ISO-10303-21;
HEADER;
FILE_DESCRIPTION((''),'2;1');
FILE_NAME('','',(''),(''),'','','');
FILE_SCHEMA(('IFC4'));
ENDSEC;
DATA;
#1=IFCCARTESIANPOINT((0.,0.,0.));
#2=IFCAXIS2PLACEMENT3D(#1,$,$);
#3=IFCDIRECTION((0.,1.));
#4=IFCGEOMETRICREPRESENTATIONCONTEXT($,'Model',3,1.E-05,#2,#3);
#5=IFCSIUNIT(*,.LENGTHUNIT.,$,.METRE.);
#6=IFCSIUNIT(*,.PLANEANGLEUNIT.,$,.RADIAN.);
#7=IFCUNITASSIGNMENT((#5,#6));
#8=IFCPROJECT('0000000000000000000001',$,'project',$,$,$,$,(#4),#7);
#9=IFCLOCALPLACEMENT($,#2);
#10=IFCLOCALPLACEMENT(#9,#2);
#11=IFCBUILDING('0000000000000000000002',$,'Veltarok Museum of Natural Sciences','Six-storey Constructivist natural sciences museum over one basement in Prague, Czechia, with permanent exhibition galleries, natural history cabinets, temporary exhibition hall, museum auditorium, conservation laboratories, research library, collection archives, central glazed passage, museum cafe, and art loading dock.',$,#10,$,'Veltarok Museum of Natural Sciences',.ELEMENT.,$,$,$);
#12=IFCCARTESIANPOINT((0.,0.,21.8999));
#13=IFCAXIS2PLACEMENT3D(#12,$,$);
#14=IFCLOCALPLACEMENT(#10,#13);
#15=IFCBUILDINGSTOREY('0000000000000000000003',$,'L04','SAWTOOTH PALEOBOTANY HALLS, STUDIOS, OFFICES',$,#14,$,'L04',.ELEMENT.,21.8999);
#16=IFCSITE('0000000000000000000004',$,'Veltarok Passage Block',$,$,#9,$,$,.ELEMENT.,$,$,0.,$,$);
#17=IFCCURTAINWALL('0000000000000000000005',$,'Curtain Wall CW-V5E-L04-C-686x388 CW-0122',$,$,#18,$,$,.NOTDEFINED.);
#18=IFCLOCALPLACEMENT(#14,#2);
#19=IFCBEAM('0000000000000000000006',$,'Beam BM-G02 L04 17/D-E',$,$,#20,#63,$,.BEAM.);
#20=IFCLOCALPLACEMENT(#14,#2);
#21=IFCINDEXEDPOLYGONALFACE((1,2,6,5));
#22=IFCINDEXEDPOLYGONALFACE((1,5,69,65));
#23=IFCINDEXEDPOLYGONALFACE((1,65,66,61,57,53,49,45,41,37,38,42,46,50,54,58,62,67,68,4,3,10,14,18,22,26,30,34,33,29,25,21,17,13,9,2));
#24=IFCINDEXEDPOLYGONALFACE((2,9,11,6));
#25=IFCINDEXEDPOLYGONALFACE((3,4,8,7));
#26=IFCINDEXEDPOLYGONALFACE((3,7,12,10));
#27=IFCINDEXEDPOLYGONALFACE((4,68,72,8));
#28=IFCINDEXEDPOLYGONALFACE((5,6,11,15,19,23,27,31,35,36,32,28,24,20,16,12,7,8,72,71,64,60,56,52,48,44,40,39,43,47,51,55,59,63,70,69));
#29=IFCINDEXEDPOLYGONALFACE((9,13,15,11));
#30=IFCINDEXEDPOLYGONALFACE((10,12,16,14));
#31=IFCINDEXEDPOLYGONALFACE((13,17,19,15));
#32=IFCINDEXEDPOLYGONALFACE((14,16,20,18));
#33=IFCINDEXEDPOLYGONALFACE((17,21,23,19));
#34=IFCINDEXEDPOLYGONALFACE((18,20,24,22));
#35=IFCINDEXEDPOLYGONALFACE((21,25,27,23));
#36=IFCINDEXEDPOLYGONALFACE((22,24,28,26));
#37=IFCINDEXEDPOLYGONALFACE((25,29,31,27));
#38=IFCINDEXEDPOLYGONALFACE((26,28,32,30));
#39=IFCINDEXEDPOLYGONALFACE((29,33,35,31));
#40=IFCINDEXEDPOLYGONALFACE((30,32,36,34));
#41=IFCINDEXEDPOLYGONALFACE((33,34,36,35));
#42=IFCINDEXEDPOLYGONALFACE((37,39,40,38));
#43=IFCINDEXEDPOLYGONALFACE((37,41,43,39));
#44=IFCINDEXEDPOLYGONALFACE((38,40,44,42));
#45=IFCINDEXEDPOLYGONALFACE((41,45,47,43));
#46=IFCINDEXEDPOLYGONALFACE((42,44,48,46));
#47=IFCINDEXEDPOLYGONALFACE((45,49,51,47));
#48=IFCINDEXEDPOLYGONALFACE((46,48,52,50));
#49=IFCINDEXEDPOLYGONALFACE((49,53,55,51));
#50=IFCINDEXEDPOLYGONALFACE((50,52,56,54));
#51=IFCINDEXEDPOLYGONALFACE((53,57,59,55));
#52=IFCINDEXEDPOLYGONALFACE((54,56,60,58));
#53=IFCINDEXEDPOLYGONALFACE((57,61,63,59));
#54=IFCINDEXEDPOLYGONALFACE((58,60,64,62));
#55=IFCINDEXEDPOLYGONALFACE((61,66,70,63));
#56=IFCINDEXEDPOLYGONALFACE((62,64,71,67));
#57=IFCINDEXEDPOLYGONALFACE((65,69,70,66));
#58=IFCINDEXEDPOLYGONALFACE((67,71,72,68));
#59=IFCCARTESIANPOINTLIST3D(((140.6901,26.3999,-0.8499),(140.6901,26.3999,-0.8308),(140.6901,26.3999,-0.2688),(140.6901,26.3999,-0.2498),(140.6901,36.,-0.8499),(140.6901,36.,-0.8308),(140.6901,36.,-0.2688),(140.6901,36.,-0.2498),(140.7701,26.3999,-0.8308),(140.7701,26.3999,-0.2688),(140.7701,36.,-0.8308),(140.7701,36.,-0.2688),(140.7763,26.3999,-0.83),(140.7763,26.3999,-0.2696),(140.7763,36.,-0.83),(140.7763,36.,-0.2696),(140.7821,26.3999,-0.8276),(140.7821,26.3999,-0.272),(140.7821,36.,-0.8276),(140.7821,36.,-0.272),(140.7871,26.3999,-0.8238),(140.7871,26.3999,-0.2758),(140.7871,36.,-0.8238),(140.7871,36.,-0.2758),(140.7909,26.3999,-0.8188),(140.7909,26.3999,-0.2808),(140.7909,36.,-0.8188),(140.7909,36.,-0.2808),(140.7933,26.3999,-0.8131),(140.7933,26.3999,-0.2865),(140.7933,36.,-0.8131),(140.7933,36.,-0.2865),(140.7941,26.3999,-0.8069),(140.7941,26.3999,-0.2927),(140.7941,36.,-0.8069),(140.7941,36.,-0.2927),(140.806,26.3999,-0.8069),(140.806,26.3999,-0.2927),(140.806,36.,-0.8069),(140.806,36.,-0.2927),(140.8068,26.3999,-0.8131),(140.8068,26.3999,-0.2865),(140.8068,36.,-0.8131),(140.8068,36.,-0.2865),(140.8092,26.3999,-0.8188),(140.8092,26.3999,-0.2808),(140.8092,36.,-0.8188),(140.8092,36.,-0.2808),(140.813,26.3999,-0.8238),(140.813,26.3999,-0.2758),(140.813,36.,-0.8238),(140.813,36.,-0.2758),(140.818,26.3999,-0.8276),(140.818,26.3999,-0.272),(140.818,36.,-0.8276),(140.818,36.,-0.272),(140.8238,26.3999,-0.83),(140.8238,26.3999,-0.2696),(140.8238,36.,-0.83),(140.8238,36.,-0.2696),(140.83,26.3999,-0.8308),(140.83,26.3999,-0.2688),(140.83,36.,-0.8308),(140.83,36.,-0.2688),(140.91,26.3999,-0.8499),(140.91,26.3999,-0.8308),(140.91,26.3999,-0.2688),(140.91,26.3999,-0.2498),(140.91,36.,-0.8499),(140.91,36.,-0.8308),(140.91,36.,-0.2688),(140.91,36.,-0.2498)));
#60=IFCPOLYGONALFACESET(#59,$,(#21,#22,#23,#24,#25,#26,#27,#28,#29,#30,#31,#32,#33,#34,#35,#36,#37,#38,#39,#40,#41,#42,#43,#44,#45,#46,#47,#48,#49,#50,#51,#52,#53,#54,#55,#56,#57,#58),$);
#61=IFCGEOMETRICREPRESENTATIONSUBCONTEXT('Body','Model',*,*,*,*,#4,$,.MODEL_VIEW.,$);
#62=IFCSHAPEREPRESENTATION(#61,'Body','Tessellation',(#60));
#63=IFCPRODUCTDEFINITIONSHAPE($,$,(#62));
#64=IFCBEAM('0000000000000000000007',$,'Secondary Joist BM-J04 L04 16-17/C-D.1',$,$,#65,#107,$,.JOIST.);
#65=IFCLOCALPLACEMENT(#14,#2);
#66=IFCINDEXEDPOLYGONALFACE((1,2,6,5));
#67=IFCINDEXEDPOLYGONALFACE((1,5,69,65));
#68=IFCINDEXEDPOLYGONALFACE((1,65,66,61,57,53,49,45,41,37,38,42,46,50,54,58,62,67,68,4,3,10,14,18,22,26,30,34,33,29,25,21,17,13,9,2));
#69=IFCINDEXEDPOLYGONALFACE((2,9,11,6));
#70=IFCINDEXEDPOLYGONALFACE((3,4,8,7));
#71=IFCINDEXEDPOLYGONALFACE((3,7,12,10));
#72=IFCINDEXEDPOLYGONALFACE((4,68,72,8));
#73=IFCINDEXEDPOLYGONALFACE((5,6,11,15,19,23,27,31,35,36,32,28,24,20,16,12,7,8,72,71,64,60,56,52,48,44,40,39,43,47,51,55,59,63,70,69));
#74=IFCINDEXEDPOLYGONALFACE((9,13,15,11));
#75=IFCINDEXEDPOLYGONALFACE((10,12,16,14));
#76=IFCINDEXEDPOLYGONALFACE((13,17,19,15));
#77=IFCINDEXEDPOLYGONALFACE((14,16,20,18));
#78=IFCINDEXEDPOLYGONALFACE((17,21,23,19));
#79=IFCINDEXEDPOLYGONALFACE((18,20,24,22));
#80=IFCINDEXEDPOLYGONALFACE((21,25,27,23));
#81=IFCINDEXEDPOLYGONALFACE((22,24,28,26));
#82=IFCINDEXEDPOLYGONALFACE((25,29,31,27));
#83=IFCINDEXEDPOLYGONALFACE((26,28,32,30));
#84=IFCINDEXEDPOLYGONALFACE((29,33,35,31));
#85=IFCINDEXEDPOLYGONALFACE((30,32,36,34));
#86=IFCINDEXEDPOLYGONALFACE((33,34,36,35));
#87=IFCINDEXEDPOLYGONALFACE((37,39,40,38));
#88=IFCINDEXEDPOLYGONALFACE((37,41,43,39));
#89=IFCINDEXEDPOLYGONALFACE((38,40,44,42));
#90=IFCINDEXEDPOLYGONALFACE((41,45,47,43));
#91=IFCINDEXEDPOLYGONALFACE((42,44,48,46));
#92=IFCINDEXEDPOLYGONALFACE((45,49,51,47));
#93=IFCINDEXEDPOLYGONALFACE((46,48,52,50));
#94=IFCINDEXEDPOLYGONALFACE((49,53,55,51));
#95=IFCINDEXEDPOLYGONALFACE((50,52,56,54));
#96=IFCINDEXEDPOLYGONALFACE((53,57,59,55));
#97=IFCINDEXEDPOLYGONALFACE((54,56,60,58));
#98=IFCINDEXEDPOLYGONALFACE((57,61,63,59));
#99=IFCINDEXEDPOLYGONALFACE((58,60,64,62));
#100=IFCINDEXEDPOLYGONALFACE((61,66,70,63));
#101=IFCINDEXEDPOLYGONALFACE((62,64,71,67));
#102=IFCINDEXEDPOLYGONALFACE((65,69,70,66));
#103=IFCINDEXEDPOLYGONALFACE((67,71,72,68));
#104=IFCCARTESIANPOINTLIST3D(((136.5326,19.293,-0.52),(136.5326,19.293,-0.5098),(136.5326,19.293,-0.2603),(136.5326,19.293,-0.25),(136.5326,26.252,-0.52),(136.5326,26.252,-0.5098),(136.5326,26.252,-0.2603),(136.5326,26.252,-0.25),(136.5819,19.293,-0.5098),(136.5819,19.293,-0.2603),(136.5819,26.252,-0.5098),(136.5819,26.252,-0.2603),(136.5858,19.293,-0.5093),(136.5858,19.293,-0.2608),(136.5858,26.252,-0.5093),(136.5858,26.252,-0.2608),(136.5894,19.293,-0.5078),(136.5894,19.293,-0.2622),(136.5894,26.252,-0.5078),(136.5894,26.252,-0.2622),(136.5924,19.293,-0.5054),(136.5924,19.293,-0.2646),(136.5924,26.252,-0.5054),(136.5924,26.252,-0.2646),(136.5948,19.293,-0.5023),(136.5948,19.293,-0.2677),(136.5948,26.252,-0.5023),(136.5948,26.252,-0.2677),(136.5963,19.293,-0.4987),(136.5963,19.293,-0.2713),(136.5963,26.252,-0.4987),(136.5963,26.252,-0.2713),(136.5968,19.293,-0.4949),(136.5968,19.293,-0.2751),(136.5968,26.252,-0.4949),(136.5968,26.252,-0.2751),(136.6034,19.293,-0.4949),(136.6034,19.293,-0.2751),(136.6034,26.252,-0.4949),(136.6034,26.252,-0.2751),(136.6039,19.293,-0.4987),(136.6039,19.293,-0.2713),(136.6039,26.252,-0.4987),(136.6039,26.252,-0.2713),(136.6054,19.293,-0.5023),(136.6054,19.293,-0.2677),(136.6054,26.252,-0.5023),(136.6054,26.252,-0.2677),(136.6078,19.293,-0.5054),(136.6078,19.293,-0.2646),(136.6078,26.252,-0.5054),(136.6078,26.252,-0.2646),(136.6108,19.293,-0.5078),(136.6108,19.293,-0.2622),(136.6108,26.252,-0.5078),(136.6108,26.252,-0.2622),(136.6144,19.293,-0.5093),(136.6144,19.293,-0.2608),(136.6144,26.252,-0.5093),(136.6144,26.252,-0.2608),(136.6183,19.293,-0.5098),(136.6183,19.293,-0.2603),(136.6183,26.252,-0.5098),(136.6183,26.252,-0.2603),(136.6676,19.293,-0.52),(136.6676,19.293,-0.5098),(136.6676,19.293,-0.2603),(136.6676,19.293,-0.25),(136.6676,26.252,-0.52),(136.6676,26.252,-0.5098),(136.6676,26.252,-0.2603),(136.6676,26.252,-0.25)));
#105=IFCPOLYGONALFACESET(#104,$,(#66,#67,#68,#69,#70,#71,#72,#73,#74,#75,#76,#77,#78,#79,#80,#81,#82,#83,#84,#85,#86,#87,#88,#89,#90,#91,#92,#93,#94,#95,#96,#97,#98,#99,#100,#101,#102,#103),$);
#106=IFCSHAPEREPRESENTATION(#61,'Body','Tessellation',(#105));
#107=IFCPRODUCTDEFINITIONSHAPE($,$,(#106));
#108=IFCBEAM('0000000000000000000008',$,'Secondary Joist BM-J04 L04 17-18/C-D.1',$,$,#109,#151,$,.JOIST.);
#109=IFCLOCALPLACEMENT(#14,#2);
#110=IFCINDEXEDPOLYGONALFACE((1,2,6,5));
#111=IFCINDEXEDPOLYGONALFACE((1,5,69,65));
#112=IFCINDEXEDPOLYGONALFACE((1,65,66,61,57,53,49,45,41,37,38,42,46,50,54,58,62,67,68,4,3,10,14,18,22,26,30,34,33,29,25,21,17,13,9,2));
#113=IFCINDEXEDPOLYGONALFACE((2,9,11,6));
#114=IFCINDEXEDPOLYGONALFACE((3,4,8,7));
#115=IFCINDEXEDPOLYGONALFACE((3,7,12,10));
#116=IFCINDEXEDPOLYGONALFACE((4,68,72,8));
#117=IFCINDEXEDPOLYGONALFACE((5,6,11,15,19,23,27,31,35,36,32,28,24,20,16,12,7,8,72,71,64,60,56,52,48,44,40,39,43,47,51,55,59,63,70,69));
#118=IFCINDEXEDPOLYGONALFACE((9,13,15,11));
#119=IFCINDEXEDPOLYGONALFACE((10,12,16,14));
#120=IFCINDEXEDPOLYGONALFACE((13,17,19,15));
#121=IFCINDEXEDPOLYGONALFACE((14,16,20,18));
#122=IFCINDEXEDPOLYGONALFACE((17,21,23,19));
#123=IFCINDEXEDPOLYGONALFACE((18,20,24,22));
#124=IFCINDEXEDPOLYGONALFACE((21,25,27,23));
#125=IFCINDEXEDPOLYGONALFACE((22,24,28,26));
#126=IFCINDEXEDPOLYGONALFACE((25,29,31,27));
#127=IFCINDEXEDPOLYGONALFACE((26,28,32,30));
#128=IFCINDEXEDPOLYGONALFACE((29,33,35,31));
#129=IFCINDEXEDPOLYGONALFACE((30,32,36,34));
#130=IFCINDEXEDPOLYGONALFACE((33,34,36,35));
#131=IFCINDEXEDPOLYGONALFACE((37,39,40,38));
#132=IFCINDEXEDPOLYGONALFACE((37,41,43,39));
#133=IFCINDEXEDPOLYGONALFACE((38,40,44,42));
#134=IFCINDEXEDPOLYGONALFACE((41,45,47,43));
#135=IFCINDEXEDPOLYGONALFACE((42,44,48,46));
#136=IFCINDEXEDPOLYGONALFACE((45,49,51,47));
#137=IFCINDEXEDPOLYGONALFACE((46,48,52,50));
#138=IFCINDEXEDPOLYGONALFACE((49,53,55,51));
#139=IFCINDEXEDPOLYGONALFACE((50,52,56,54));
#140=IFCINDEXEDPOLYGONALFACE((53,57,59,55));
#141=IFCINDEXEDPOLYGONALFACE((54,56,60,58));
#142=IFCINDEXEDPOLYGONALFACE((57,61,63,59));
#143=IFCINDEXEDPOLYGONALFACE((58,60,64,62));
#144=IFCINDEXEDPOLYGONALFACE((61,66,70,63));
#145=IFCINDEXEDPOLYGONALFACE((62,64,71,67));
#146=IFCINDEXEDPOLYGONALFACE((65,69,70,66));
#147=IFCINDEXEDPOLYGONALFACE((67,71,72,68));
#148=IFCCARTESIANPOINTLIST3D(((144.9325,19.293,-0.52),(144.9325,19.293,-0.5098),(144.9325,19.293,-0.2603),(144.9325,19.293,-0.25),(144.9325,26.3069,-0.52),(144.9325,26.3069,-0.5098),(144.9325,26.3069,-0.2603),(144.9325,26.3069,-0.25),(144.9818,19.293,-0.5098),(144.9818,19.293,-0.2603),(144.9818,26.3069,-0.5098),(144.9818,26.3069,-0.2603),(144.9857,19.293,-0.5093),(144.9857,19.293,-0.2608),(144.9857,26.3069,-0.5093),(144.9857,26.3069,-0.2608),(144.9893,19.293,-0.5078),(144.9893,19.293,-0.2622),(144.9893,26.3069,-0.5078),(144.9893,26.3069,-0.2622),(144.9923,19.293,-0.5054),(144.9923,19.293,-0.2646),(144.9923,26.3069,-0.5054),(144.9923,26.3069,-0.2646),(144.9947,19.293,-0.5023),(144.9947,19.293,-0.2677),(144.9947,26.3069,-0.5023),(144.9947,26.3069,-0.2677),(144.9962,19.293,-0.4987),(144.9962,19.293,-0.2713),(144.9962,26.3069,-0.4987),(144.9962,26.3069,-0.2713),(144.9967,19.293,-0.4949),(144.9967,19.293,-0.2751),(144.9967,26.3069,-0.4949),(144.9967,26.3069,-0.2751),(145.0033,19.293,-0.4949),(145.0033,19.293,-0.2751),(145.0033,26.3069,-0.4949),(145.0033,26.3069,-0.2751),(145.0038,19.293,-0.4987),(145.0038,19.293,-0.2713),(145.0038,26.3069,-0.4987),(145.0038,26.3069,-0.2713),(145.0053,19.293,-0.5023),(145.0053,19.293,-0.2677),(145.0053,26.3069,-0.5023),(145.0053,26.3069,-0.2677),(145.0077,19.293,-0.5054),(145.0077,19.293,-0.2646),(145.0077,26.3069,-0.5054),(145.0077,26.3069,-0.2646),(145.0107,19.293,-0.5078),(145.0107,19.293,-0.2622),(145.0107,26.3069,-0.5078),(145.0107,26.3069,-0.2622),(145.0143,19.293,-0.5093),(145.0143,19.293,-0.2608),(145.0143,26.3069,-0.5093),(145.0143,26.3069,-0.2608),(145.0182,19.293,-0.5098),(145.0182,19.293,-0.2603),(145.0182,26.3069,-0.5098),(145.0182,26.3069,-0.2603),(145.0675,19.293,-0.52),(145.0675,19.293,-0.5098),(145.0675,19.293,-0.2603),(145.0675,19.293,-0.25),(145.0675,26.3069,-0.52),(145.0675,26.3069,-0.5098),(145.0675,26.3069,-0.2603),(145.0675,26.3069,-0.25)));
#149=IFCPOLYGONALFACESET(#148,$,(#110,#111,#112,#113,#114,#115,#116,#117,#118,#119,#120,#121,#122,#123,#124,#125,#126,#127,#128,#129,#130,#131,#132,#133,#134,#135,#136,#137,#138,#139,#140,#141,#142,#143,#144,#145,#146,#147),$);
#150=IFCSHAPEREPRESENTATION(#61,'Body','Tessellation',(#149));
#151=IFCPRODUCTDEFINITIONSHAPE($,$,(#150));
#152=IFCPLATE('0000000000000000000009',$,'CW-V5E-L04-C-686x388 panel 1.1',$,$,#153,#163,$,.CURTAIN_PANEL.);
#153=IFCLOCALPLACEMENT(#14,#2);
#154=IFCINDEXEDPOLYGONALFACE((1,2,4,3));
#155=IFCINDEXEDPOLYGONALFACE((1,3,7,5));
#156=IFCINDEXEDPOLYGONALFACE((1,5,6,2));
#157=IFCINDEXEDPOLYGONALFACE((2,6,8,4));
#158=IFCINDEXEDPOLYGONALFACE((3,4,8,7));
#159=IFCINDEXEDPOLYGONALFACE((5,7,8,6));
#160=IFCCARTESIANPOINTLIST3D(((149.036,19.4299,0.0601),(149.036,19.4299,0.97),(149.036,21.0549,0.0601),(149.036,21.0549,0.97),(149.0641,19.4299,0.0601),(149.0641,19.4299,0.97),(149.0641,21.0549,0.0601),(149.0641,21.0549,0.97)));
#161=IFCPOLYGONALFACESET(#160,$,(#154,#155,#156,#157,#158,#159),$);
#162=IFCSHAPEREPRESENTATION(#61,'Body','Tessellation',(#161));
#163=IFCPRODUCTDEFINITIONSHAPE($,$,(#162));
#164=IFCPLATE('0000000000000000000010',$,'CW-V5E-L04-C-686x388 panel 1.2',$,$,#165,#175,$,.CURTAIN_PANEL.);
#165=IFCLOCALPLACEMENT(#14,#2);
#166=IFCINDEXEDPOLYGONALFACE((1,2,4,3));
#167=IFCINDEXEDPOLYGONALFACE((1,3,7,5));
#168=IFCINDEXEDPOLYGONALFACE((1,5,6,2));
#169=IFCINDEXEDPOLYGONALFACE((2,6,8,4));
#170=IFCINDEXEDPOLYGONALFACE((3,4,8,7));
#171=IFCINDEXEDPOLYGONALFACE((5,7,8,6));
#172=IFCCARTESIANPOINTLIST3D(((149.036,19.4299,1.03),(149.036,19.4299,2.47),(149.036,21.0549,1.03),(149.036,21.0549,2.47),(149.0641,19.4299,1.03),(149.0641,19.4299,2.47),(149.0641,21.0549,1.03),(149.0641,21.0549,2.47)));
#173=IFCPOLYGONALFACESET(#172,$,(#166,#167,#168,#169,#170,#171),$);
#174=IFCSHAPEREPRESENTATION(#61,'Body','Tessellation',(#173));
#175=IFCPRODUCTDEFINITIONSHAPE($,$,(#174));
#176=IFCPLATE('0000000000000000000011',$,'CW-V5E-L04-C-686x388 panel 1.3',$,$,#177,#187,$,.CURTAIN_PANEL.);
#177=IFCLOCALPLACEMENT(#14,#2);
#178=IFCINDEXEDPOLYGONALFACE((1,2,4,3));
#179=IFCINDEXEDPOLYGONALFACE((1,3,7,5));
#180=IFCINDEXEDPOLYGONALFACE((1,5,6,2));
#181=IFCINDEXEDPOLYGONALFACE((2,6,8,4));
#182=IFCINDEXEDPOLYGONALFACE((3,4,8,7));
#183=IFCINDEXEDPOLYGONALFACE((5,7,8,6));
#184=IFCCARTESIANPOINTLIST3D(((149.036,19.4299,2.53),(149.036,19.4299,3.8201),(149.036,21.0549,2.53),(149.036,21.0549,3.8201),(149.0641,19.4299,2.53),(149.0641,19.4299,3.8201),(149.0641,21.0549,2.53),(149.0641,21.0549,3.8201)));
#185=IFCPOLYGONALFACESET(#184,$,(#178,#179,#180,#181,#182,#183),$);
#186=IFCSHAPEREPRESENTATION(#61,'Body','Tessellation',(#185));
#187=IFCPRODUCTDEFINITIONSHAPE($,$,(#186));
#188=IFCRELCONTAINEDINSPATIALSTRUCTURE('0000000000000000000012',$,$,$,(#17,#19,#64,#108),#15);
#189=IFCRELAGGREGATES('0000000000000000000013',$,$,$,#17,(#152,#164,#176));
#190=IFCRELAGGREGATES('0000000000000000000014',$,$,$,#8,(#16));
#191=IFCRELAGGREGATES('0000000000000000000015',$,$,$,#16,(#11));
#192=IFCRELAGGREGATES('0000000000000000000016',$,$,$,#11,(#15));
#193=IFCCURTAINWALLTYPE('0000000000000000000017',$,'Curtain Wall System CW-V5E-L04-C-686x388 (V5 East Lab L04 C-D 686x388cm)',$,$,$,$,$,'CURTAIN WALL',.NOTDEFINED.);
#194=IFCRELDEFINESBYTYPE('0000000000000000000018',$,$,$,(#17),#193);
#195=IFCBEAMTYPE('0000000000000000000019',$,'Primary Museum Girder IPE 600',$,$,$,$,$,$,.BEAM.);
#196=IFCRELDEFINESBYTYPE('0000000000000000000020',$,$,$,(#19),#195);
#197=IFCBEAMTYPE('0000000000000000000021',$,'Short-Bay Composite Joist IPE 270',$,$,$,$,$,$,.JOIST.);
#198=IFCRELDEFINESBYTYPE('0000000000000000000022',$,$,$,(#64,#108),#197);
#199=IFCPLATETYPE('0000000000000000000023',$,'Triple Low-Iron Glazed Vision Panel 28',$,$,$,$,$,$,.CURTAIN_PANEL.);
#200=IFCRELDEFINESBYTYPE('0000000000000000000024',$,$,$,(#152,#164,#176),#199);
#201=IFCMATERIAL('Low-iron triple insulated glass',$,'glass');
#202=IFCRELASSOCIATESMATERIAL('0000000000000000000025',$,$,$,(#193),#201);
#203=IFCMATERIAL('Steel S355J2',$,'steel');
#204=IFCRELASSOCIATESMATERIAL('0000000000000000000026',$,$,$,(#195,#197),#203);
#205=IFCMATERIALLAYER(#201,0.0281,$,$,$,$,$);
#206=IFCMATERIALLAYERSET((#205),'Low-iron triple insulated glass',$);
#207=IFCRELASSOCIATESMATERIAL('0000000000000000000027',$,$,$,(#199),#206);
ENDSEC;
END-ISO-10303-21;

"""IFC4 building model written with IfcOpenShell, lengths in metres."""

from ifc_helpers import new_model, si_unit, direction, frame, origin, origin_2d, place, context, subcontext, project, spatial, rectangle, i_section, extrude, material, layer, layer_set, material_profile, profile_set, type_object, element, aggregate, save


model = new_model("IFC4")

# Units and contexts
model_context = context("Model", 3, precision=1e-05, world=origin(), true_north=direction((0.0, 1.0)))
body_context = subcontext(model_context, "Body", "Model", "MODEL_VIEW")
ifc_project = project(units=[si_unit("LENGTHUNIT", "METRE"), si_unit("PLANEANGLEUNIT", "RADIAN")], contexts=[model_context])

# Site, building, storey
site_placement = place(None, origin())
site = spatial("IfcSite", under=ifc_project, at=site_placement, Name="Veltarok Passage Block", CompositionType="ELEMENT", RefElevation=0.0)
building_placement = place(site_placement, origin())
building = spatial("IfcBuilding", under=site, at=building_placement, Name="Veltarok Museum of Natural Sciences", Description="Six-storey Constructivist natural sciences museum over one basement in Prague, Czechia, with permanent exhibition galleries, natural history cabinets, temporary exhibition hall, museum auditorium, conservation laboratories, research library, collection archives, central glazed passage, museum cafe, and art loading dock.", LongName="Veltarok Museum of Natural Sciences", CompositionType="ELEMENT")
storey_placement = place(building_placement, frame((0.0, 0.0, 21.8999)))
storey = spatial("IfcBuildingStorey", under=building, at=storey_placement, Name="L04", Description="SAWTOOTH PALEOBOTANY HALLS, STUDIOS, OFFICES", LongName="L04", CompositionType="ELEMENT", Elevation=21.8999)

# Curtain wall
ifc_material_1 = material(Name="Low-iron triple insulated glass", Category="glass")
curtain_wall_type = type_object("IfcCurtainWallType", Name="Curtain Wall System CW-V5E-L04-C-686x388 (V5 East Lab L04 C-D 686x388cm)", ElementType="CURTAIN WALL", PredefinedType="NOTDEFINED", material=ifc_material_1)
curtain_wall_placement = place(storey_placement, origin())
curtain_wall = element("IfcCurtainWall", 1, at=curtain_wall_placement, inside=storey, type_object=curtain_wall_type, Name="Curtain Wall CW-V5E-L04-C-686x388 CW-0122", PredefinedType="NOTDEFINED")

# Beams
ifc_material_2 = material(Name="Steel S355J2", Category="steel")
ifc_material_profile_1 = material_profile(ifc_material_2, i_section(OverallWidth=0.22, OverallDepth=0.6001, WebThickness=0.012, FlangeThickness=0.019, FilletRadius=0.0239, at=origin_2d()), Name="IPE 600")
ifc_profile_set_1 = profile_set([ifc_material_profile_1], Name="Steel S355J2")
beam_type_1 = type_object("IfcBeamType", Name="Primary Museum Girder IPE 600", PredefinedType="BEAM", material=ifc_profile_set_1)
beam_1_placement = place(storey_placement, frame((140.8, 26.3999, -0.5498), z_axis=(0.0, 1.0, 0.0), x_axis=(-1.0, 0.0, 0.0)))
element("IfcBeam", 2, at=beam_1_placement, inside=storey, type_object=beam_type_1, Name="Beam BM-G02 L04 17/D-E", PredefinedType="BEAM", context=body_context, shape_type="SweptSolid", body=[
    extrude(i_section(OverallWidth=0.22, OverallDepth=0.6001, WebThickness=0.012, FlangeThickness=0.019, FilletRadius=0.0239, at=origin_2d()), origin(), (0.0, 0.0, 1.0), 9.6001),
])
ifc_material_profile_2 = material_profile(ifc_material_2, i_section(OverallWidth=0.135, OverallDepth=0.27, WebThickness=0.0066, FlangeThickness=0.0103, FilletRadius=0.0149, at=origin_2d()), Name="IPE 270")
ifc_profile_set_2 = profile_set([ifc_material_profile_2], Name="Steel S355J2")
beam_type_2 = type_object("IfcBeamType", Name="Short-Bay Composite Joist IPE 270", PredefinedType="JOIST", material=ifc_profile_set_2)
beam_2_placement = place(storey_placement, frame((136.6001, 19.293, -0.385), z_axis=(0.0, 1.0, 0.0), x_axis=(-1.0, 0.0, 0.0)))
element("IfcBeam", 3, at=beam_2_placement, inside=storey, type_object=beam_type_2, Name="Secondary Joist BM-J04 L04 16-17/C-D.1", PredefinedType="JOIST", context=body_context, shape_type="SweptSolid", body=[
    extrude(i_section(OverallWidth=0.135, OverallDepth=0.27, WebThickness=0.0066, FlangeThickness=0.0103, FilletRadius=0.0149, at=origin_2d()), origin(), (0.0, 0.0, 1.0), 6.959),
])
beam_3_placement = place(storey_placement, frame((145.0, 19.293, -0.385), z_axis=(0.0, 1.0, 0.0), x_axis=(-1.0, 0.0, 0.0)))
element("IfcBeam", 4, at=beam_3_placement, inside=storey, type_object=beam_type_2, Name="Secondary Joist BM-J04 L04 17-18/C-D.1", PredefinedType="JOIST", context=body_context, shape_type="SweptSolid", body=[
    extrude(i_section(OverallWidth=0.135, OverallDepth=0.27, WebThickness=0.0066, FlangeThickness=0.0103, FilletRadius=0.0149, at=origin_2d()), origin(), (0.0, 0.0, 1.0), 7.0139),
])

# Plates
ifc_layer_1 = layer(ifc_material_1, 0.0281)
ifc_layer_set_1 = layer_set([ifc_layer_1], Name="Low-iron triple insulated glass")
plate_type = type_object("IfcPlateType", Name="Triple Low-Iron Glazed Vision Panel 28", PredefinedType="CURTAIN_PANEL", material=ifc_layer_set_1)
plate_1_placement = place(storey_placement, frame((149.05, 20.2424, 0.0601), z_axis=(0.0, 0.0, 1.0), x_axis=(0.0, 1.0, 0.0)))
plate_1 = element("IfcPlate", 5, at=plate_1_placement, type_object=plate_type, Name="CW-V5E-L04-C-686x388 panel 1.1", PredefinedType="CURTAIN_PANEL", context=body_context, shape_type="SweptSolid", body=[
    extrude(rectangle(XDim=1.625, YDim=0.0281, at=origin_2d()), origin(), (0.0, 0.0, 1.0), 0.9099),
])
plate_2_placement = place(storey_placement, frame((149.05, 20.2424, 1.03), z_axis=(0.0, 0.0, 1.0), x_axis=(0.0, 1.0, 0.0)))
plate_2 = element("IfcPlate", 6, at=plate_2_placement, type_object=plate_type, Name="CW-V5E-L04-C-686x388 panel 1.2", PredefinedType="CURTAIN_PANEL", context=body_context, shape_type="SweptSolid", body=[
    extrude(rectangle(XDim=1.625, YDim=0.0281, at=origin_2d()), origin(), (0.0, 0.0, 1.0), 1.4399),
])
plate_3_placement = place(storey_placement, frame((149.05, 20.2424, 2.53), z_axis=(0.0, 0.0, 1.0), x_axis=(0.0, 1.0, 0.0)))
plate_3 = element("IfcPlate", 7, at=plate_3_placement, type_object=plate_type, Name="CW-V5E-L04-C-686x388 panel 1.3", PredefinedType="CURTAIN_PANEL", context=body_context, shape_type="SweptSolid", body=[
    extrude(rectangle(XDim=1.625, YDim=0.0281, at=origin_2d()), origin(), (0.0, 0.0, 1.0), 1.29),
])
aggregate(curtain_wall, [plate_1, plate_2, plate_3])

save(model, "model.ifc")
